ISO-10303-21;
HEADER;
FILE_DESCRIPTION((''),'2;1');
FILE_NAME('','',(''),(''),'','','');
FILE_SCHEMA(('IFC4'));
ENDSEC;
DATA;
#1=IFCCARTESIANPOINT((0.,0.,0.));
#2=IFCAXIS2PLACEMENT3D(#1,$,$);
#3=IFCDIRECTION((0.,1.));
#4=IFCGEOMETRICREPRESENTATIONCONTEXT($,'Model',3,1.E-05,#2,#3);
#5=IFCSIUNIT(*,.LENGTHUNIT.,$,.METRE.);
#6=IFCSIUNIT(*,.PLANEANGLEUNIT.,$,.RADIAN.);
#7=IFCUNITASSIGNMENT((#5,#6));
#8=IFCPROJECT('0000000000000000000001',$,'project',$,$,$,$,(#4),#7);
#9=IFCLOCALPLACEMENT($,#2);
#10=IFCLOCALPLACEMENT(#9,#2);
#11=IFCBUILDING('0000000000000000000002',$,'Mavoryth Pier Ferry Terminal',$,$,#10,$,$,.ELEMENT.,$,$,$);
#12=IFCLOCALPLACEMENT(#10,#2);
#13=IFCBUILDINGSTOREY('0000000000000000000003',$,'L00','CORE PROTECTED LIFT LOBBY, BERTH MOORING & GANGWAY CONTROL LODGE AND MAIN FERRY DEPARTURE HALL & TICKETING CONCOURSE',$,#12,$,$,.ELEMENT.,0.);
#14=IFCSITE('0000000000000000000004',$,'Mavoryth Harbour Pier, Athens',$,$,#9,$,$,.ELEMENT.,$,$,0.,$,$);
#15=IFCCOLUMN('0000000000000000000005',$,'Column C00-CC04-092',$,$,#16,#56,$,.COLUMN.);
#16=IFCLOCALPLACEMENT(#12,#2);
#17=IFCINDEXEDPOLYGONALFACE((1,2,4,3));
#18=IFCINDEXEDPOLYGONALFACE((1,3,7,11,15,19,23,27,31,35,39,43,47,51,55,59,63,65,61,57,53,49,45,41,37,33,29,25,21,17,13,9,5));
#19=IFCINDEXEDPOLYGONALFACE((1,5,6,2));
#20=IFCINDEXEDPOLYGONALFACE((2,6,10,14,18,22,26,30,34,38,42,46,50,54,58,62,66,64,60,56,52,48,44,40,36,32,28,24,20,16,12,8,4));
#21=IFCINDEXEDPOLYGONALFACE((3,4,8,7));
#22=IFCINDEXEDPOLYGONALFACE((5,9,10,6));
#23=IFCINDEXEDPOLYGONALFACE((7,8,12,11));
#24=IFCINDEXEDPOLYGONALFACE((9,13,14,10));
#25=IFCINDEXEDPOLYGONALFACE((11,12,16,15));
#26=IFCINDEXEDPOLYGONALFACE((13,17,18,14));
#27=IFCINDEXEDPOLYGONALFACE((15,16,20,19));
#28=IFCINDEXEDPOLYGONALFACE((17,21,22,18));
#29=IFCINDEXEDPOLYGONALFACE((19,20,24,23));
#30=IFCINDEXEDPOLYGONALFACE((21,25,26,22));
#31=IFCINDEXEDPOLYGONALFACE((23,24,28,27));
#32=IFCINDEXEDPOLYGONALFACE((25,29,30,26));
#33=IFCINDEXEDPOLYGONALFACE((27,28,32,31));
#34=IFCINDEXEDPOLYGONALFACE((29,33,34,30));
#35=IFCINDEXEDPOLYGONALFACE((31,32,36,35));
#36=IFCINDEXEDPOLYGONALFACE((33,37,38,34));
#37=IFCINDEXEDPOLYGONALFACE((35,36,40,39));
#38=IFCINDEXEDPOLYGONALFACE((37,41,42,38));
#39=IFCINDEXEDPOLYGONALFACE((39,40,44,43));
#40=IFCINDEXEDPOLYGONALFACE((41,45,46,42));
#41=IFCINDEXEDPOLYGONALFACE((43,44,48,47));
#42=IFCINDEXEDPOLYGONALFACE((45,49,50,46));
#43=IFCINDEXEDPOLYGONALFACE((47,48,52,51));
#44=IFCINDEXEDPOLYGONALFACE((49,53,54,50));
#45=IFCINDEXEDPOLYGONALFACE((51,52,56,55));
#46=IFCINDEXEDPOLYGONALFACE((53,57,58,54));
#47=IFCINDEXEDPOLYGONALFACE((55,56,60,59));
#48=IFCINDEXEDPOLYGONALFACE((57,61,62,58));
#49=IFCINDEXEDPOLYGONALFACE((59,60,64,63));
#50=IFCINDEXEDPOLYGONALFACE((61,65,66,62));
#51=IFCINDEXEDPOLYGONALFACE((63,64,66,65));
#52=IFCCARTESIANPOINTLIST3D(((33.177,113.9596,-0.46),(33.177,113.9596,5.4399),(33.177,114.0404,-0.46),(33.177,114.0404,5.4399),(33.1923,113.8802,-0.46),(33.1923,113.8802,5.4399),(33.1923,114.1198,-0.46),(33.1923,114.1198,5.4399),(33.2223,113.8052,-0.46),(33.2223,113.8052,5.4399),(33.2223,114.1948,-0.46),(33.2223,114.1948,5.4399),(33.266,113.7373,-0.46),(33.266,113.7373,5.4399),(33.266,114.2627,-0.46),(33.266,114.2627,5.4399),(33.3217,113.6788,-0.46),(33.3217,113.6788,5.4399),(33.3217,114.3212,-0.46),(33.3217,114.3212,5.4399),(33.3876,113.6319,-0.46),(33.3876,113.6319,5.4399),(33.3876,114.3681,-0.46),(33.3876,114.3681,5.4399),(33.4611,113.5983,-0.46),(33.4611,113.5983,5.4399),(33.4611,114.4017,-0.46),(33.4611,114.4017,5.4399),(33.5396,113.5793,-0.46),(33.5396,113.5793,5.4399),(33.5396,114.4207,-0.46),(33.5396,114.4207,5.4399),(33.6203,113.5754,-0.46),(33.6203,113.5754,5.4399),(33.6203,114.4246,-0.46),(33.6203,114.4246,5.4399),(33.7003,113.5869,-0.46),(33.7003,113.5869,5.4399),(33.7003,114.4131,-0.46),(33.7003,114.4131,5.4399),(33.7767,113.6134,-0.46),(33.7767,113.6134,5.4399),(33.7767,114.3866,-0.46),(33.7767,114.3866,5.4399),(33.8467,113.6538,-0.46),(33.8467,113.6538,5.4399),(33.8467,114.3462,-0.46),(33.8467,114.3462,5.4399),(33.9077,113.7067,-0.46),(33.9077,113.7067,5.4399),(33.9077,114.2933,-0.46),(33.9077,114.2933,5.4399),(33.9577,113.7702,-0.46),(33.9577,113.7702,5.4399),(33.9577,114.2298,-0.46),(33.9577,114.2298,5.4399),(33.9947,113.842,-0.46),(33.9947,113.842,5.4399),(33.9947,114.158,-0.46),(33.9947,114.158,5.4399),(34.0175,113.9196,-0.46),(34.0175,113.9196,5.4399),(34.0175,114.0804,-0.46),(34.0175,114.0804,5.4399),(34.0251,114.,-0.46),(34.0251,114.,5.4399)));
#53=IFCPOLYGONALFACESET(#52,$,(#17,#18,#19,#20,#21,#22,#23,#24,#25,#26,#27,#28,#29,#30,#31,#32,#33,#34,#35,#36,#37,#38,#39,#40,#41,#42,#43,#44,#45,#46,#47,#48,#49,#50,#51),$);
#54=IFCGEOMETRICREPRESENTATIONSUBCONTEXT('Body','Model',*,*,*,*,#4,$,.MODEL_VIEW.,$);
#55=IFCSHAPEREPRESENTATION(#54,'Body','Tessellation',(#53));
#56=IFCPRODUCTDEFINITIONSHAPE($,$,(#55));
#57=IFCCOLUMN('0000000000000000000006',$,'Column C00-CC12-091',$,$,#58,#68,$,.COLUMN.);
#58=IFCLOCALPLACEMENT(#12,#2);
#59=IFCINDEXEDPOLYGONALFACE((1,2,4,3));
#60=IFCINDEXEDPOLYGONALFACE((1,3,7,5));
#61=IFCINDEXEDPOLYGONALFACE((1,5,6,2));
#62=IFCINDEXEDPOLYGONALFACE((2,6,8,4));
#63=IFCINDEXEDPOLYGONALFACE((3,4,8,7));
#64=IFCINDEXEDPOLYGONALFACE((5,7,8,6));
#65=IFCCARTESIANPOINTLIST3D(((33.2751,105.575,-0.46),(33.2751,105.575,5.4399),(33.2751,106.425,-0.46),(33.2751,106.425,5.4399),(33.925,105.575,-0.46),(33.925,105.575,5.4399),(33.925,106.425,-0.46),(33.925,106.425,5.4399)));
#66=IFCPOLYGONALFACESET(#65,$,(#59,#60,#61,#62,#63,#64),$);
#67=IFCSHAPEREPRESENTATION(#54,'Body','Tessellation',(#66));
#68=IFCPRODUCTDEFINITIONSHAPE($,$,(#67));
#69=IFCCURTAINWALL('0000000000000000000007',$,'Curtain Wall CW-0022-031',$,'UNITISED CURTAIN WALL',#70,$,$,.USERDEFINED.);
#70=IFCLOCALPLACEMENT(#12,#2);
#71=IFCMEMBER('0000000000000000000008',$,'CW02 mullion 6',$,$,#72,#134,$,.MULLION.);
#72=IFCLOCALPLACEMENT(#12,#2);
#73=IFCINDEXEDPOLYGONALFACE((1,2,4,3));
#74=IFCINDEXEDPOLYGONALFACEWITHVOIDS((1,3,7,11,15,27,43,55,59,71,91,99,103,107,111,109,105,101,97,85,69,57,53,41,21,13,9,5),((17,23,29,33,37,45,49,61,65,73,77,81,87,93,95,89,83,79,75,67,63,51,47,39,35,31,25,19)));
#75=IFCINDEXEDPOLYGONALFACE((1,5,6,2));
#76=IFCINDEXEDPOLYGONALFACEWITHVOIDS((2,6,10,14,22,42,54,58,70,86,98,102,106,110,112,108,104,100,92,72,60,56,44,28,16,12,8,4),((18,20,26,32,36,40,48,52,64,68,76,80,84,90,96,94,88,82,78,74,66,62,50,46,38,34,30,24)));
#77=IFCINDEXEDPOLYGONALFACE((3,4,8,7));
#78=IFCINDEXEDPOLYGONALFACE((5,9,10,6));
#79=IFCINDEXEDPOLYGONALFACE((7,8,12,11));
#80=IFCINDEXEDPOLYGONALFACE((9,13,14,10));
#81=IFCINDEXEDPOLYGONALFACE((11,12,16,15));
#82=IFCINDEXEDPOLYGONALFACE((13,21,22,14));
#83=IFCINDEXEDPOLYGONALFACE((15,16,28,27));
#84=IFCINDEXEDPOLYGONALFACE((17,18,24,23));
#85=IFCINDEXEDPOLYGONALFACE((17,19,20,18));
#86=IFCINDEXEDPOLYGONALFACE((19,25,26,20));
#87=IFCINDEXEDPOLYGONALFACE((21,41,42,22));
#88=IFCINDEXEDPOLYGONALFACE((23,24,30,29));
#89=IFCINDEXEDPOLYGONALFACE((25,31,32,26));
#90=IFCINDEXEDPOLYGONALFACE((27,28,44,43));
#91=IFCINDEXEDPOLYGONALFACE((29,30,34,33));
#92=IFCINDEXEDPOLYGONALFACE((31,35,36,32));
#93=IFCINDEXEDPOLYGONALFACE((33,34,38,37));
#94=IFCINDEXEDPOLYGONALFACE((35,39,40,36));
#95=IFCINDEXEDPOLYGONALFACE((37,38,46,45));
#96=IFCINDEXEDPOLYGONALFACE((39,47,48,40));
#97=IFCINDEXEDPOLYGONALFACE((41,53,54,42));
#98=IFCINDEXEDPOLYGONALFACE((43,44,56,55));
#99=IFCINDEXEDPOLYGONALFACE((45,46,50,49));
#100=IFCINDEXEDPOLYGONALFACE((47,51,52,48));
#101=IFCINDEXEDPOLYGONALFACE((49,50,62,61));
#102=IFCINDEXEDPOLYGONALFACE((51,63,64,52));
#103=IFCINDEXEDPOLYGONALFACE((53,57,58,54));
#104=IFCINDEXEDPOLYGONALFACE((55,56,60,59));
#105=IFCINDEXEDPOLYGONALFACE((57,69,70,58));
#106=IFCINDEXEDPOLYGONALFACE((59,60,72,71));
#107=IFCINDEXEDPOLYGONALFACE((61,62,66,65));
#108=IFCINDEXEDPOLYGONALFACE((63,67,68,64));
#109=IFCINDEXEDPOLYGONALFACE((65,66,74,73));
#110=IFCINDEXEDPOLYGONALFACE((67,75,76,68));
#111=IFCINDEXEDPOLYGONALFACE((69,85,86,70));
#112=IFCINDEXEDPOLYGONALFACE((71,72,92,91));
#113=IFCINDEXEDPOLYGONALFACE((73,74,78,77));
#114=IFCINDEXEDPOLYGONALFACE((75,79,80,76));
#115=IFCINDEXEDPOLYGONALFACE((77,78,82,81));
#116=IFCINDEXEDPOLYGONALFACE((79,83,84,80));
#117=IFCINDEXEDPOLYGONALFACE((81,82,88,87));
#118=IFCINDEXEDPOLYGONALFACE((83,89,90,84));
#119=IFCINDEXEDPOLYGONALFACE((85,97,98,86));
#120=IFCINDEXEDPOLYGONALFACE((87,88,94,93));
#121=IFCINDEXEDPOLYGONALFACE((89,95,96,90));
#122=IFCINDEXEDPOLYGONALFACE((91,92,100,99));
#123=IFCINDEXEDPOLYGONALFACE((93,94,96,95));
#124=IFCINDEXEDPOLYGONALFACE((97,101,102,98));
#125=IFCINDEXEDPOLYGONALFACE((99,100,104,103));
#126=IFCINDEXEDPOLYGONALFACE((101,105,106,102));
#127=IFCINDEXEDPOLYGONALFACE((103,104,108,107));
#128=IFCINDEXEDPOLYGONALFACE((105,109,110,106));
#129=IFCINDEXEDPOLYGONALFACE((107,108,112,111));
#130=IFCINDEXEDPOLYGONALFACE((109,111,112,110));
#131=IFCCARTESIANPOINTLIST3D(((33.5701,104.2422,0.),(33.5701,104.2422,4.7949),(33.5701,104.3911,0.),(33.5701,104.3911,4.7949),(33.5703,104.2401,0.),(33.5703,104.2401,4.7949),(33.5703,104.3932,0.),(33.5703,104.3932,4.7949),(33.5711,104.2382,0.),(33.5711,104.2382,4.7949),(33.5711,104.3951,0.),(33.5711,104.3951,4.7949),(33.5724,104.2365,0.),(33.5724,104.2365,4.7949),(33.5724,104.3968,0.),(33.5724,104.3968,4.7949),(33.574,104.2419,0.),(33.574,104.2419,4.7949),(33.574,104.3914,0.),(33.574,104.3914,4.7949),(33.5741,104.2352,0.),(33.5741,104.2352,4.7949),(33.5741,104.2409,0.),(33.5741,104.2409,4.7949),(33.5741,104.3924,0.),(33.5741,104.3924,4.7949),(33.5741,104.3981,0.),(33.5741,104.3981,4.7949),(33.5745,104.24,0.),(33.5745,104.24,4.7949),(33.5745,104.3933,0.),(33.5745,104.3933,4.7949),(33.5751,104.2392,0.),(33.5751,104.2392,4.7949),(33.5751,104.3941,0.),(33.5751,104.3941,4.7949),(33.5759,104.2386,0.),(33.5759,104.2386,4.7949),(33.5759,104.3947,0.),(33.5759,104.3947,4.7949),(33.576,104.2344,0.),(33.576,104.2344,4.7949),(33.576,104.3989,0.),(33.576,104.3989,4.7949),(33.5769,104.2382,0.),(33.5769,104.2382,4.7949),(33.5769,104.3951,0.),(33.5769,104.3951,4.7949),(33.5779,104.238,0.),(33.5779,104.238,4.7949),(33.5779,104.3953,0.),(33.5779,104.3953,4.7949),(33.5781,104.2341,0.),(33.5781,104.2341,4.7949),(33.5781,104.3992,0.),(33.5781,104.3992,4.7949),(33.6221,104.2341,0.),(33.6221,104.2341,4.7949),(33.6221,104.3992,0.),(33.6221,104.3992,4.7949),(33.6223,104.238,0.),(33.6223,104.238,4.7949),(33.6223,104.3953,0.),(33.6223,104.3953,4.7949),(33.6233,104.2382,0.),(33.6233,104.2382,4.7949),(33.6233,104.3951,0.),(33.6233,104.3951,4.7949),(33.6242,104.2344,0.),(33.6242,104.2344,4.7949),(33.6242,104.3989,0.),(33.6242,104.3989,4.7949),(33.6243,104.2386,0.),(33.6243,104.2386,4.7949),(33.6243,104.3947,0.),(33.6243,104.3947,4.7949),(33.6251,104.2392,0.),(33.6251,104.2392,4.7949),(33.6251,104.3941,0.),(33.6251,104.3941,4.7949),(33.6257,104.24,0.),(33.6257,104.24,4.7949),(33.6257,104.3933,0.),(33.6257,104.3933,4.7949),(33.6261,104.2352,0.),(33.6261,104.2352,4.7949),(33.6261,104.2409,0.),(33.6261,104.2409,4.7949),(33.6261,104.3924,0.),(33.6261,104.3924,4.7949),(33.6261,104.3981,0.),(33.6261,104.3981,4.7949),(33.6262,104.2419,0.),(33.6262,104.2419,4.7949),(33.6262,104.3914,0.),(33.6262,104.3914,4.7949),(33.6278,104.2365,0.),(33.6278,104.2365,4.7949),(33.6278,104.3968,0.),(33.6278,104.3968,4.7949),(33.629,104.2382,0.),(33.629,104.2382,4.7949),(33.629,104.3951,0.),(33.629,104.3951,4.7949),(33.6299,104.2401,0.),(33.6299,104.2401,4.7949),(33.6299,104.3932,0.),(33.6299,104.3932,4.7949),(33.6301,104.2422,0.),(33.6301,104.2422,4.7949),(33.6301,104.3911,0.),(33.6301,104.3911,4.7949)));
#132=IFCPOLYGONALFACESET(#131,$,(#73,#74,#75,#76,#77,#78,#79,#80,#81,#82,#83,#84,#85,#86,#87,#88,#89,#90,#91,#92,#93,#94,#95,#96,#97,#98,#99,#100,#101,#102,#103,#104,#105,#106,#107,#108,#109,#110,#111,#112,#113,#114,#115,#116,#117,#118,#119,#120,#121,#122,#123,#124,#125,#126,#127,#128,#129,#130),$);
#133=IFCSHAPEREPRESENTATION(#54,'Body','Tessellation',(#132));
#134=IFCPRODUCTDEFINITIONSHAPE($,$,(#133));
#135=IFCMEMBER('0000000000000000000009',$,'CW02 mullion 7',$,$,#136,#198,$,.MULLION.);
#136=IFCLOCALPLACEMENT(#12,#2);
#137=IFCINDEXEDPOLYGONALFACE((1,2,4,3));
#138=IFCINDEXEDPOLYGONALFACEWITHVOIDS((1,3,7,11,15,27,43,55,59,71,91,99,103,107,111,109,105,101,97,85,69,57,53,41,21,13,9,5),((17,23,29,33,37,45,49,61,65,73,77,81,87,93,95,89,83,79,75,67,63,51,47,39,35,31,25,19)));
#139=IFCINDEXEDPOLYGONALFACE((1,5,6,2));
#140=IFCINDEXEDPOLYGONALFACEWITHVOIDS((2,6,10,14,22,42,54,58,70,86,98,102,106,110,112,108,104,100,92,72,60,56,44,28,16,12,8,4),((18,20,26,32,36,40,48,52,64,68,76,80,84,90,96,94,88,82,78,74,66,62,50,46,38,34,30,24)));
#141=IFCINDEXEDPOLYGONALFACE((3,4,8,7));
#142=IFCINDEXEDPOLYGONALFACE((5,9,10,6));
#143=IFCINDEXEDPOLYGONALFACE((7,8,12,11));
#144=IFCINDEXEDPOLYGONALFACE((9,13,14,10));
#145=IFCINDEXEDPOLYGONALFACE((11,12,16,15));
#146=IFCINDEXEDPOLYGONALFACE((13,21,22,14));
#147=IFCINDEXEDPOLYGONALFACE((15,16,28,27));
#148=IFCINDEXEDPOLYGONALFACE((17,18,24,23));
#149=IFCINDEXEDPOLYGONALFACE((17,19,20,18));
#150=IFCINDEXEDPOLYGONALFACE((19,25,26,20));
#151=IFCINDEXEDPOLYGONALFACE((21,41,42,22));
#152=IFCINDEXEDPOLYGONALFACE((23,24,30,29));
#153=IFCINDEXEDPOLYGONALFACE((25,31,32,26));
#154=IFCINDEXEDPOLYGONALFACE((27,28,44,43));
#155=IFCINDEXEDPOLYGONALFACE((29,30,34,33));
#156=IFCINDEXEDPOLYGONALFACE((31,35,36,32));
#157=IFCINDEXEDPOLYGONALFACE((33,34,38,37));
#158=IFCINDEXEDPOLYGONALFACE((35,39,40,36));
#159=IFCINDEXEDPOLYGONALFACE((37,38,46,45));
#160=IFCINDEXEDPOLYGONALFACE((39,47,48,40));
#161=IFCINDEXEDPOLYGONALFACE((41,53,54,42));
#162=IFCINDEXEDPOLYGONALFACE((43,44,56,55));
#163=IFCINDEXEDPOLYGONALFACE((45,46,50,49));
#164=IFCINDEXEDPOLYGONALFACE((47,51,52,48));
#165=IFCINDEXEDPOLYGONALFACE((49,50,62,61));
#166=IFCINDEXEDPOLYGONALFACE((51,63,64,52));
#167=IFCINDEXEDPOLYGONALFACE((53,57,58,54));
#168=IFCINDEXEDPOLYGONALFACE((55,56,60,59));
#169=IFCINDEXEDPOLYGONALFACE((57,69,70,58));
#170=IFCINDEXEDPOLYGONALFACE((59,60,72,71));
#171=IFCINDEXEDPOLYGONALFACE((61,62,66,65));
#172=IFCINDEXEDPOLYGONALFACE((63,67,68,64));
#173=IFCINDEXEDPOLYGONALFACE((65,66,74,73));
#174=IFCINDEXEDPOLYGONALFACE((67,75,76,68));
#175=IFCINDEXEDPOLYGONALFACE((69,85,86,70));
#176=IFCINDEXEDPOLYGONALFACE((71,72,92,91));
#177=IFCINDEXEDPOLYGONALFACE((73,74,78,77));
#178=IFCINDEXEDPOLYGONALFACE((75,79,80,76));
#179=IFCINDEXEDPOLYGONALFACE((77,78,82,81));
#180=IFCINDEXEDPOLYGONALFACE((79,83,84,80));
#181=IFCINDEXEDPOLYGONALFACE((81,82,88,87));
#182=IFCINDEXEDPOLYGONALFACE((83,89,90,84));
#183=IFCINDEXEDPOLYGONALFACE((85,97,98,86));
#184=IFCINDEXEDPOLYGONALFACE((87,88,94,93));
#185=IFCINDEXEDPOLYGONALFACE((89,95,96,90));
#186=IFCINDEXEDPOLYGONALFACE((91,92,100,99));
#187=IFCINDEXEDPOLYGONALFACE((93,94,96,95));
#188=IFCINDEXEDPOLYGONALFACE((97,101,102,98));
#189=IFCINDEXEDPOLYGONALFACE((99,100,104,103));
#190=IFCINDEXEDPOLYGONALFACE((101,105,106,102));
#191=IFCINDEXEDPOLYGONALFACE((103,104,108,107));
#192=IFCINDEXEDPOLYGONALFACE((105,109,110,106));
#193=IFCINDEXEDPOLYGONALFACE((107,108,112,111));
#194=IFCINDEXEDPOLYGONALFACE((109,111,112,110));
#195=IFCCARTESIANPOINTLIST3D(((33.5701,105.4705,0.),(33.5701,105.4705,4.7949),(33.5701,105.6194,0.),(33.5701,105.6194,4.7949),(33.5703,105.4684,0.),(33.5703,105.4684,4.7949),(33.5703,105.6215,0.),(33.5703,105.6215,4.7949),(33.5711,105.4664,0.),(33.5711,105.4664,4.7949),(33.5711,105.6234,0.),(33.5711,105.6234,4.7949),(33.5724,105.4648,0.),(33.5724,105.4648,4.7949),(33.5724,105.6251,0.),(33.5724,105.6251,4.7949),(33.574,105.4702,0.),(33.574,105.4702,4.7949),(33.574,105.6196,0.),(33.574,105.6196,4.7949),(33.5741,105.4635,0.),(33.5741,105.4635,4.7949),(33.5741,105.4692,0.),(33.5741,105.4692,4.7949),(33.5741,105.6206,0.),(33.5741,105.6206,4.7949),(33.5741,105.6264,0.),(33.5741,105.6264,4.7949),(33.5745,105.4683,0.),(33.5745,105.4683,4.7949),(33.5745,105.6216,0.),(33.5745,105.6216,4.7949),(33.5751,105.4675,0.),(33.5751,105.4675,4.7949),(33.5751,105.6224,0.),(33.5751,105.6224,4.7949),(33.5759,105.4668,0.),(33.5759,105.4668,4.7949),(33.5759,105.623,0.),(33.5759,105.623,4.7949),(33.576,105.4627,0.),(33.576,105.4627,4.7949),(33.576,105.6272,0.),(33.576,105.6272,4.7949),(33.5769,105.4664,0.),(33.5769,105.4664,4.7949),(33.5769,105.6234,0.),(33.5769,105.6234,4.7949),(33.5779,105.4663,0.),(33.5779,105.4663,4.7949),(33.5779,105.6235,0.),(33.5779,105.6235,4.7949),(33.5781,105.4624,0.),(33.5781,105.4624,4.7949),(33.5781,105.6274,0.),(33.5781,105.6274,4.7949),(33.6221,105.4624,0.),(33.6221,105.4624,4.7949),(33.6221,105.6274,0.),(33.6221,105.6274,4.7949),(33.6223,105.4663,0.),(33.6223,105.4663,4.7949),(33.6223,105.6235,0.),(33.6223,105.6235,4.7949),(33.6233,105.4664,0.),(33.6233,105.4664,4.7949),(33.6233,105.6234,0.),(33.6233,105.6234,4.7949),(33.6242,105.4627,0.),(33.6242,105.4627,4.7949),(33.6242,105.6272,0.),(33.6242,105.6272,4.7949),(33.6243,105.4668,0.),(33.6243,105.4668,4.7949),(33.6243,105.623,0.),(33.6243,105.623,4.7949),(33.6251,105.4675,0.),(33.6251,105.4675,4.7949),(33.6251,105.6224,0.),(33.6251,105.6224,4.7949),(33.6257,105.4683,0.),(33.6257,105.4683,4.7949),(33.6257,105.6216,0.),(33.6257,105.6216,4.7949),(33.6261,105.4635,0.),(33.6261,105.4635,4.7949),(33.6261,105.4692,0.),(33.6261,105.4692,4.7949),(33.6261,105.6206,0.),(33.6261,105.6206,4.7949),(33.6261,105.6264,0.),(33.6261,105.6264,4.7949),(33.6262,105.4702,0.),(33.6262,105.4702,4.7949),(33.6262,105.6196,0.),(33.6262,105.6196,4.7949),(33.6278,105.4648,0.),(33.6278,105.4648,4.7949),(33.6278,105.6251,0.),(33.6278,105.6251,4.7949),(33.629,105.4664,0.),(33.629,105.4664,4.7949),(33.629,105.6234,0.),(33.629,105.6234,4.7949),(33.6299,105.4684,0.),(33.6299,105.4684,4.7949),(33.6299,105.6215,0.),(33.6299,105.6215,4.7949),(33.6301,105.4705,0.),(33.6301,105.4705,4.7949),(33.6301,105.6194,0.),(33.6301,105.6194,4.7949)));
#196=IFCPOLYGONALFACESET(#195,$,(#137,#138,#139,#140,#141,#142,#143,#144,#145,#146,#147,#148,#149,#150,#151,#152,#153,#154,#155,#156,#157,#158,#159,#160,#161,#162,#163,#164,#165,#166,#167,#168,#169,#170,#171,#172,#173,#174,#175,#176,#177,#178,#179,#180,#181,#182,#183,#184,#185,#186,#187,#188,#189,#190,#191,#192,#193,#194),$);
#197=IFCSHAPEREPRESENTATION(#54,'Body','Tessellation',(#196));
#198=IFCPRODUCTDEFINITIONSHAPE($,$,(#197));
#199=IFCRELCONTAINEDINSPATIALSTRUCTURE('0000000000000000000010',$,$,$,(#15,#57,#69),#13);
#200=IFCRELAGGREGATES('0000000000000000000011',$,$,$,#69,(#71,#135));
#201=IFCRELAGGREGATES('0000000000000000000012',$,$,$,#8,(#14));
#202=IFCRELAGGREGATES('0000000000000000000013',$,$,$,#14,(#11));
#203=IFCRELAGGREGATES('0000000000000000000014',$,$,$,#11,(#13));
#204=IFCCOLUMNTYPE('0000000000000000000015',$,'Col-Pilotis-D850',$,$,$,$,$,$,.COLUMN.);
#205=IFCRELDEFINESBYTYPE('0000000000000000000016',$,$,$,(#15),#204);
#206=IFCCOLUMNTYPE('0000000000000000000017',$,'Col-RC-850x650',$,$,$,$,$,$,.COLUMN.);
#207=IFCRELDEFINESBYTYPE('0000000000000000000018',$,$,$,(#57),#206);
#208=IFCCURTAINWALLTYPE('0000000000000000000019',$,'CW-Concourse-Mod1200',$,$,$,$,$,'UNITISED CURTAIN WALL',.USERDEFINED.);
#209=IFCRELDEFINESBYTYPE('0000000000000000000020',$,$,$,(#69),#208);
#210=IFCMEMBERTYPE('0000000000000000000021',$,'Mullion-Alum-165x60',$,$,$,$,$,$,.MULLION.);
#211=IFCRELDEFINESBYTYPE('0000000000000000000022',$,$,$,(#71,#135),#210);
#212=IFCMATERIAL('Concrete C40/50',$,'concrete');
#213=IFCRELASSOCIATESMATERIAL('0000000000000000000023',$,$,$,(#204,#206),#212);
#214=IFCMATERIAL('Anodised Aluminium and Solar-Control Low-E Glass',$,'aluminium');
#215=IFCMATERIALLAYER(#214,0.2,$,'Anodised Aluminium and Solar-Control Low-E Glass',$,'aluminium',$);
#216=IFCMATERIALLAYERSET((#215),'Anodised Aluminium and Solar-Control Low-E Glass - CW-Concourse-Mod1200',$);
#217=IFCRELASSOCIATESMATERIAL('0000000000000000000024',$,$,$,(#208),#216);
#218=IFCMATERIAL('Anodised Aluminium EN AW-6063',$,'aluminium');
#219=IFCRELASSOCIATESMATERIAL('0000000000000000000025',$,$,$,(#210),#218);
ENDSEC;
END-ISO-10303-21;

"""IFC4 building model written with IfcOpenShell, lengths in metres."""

from ifc_helpers import new_model, si_unit, direction, frame, origin, origin_2d, place, context, subcontext, project, spatial, rectangle, hollow_rectangle, circle, extrude, material, layer, layer_set, material_profile, profile_set, type_object, element, aggregate, save


model = new_model("IFC4")

# Units and contexts
model_context = context("Model", 3, precision=1e-05, world=origin(), true_north=direction((0.0, 1.0)))
body_context = subcontext(model_context, "Body", "Model", "MODEL_VIEW")
ifc_project = project(units=[si_unit("LENGTHUNIT", "METRE"), si_unit("PLANEANGLEUNIT", "RADIAN")], contexts=[model_context])

# Site, building, storey
site_placement = place(None, origin())
site = spatial("IfcSite", under=ifc_project, at=site_placement, Name="Mavoryth Harbour Pier, Athens", CompositionType="ELEMENT", RefElevation=0.0)
building_placement = place(site_placement, origin())
building = spatial("IfcBuilding", under=site, at=building_placement, Name="Mavoryth Pier Ferry Terminal", CompositionType="ELEMENT")
storey_placement = place(building_placement, origin())
storey = spatial("IfcBuildingStorey", under=building, at=storey_placement, Name="L00", Description="CORE PROTECTED LIFT LOBBY, BERTH MOORING & GANGWAY CONTROL LODGE AND MAIN FERRY DEPARTURE HALL & TICKETING CONCOURSE", CompositionType="ELEMENT", Elevation=0.0)

# Columns
ifc_material_1 = material(Name="Concrete C40/50", Category="concrete")
ifc_material_profile_1 = material_profile(ifc_material_1, circle(Radius=0.425, at=origin_2d()), Name="RC D850", Category="concrete")
ifc_profile_set_1 = profile_set([ifc_material_profile_1], Name="Concrete C40/50 - RC D850")
column_type_1 = type_object("IfcColumnType", Name="Col-Pilotis-D850", PredefinedType="COLUMN", material=ifc_profile_set_1)
column_1_placement = place(storey_placement, frame((33.6001, 114.0, -0.46), z_axis=(0.0, 0.0, 1.0), x_axis=(1.0, 0.0, 0.0)))
element("IfcColumn", 1, at=column_1_placement, inside=storey, type_object=column_type_1, Name="Column C00-CC04-092", PredefinedType="COLUMN", context=body_context, shape_type="SweptSolid", body=[
    extrude(circle(Radius=0.425, at=origin_2d()), origin(), (0.0, 0.0, 1.0), 5.8999),
])
ifc_material_profile_2 = material_profile(ifc_material_1, rectangle(XDim=0.6499, YDim=0.8501, at=origin_2d()), Name="RC 850x650", Category="concrete")
ifc_profile_set_2 = profile_set([ifc_material_profile_2], Name="Concrete C40/50 - RC 850x650")
column_type_2 = type_object("IfcColumnType", Name="Col-RC-850x650", PredefinedType="COLUMN", material=ifc_profile_set_2)
column_2_placement = place(storey_placement, frame((33.6001, 106.0, -0.46), z_axis=(0.0, 0.0, 1.0), x_axis=(1.0, 0.0, 0.0)))
element("IfcColumn", 2, at=column_2_placement, inside=storey, type_object=column_type_2, Name="Column C00-CC12-091", PredefinedType="COLUMN", context=body_context, shape_type="SweptSolid", body=[
    extrude(rectangle(XDim=0.6499, YDim=0.8501, at=origin_2d()), origin(), (0.0, 0.0, 1.0), 5.8999),
])

# Curtain wall, members
ifc_material_2 = material(Name="Anodised Aluminium and Solar-Control Low-E Glass", Category="aluminium")
ifc_layer_1 = layer(ifc_material_2, 0.2, Name="Anodised Aluminium and Solar-Control Low-E Glass", Category="aluminium")
ifc_layer_set_1 = layer_set([ifc_layer_1], Name="Anodised Aluminium and Solar-Control Low-E Glass - CW-Concourse-Mod1200")
curtain_wall_type = type_object("IfcCurtainWallType", Name="CW-Concourse-Mod1200", ElementType="UNITISED CURTAIN WALL", PredefinedType="USERDEFINED", material=ifc_layer_set_1)
curtain_wall_placement = place(storey_placement, origin())
curtain_wall = element("IfcCurtainWall", 3, at=curtain_wall_placement, inside=storey, type_object=curtain_wall_type, Name="Curtain Wall CW-0022-031", ObjectType="UNITISED CURTAIN WALL", PredefinedType="USERDEFINED")
ifc_material_3 = material(Name="Anodised Aluminium EN AW-6063", Category="aluminium")
ifc_material_profile_3 = material_profile(ifc_material_3, hollow_rectangle(XDim=0.0601, YDim=0.165, WallThickness=0.0039, InnerFilletRadius=0.0039, OuterFilletRadius=0.0081, at=origin_2d()), Name="AL-MULL 165x60x4", Category="aluminium")
ifc_profile_set_3 = profile_set([ifc_material_profile_3], Name="Anodised Aluminium EN AW-6063 - AL-MULL 165x60x4")
member_type_1 = type_object("IfcMemberType", Name="Mullion-Alum-165x60", PredefinedType="MULLION", material=ifc_profile_set_3)
member_1_placement = place(storey_placement, frame((33.6001, 104.3167, 0.0), z_axis=(0.0, 0.0, 1.0), x_axis=(-1.0, 0.0, 0.0)))
member_1 = element("IfcMember", 4, at=member_1_placement, type_object=member_type_1, Name="CW02 mullion 6", PredefinedType="MULLION", context=body_context, shape_type="SweptSolid", body=[
    extrude(hollow_rectangle(XDim=0.0601, YDim=0.165, WallThickness=0.0039, InnerFilletRadius=0.0039, OuterFilletRadius=0.0081, at=origin_2d()), origin(), (0.0, 0.0, 1.0), 4.7949),
])
member_2_placement = place(storey_placement, frame((33.6001, 105.5449, 0.0), z_axis=(0.0, 0.0, 1.0), x_axis=(-1.0, 0.0, 0.0)))
member_2 = element("IfcMember", 5, at=member_2_placement, type_object=member_type_1, Name="CW02 mullion 7", PredefinedType="MULLION", context=body_context, shape_type="SweptSolid", body=[
    extrude(hollow_rectangle(XDim=0.0601, YDim=0.165, WallThickness=0.0039, InnerFilletRadius=0.0039, OuterFilletRadius=0.0081, at=origin_2d()), origin(), (0.0, 0.0, 1.0), 4.7949),
])
aggregate(curtain_wall, [member_1, member_2])

save(model, "model.ifc")
